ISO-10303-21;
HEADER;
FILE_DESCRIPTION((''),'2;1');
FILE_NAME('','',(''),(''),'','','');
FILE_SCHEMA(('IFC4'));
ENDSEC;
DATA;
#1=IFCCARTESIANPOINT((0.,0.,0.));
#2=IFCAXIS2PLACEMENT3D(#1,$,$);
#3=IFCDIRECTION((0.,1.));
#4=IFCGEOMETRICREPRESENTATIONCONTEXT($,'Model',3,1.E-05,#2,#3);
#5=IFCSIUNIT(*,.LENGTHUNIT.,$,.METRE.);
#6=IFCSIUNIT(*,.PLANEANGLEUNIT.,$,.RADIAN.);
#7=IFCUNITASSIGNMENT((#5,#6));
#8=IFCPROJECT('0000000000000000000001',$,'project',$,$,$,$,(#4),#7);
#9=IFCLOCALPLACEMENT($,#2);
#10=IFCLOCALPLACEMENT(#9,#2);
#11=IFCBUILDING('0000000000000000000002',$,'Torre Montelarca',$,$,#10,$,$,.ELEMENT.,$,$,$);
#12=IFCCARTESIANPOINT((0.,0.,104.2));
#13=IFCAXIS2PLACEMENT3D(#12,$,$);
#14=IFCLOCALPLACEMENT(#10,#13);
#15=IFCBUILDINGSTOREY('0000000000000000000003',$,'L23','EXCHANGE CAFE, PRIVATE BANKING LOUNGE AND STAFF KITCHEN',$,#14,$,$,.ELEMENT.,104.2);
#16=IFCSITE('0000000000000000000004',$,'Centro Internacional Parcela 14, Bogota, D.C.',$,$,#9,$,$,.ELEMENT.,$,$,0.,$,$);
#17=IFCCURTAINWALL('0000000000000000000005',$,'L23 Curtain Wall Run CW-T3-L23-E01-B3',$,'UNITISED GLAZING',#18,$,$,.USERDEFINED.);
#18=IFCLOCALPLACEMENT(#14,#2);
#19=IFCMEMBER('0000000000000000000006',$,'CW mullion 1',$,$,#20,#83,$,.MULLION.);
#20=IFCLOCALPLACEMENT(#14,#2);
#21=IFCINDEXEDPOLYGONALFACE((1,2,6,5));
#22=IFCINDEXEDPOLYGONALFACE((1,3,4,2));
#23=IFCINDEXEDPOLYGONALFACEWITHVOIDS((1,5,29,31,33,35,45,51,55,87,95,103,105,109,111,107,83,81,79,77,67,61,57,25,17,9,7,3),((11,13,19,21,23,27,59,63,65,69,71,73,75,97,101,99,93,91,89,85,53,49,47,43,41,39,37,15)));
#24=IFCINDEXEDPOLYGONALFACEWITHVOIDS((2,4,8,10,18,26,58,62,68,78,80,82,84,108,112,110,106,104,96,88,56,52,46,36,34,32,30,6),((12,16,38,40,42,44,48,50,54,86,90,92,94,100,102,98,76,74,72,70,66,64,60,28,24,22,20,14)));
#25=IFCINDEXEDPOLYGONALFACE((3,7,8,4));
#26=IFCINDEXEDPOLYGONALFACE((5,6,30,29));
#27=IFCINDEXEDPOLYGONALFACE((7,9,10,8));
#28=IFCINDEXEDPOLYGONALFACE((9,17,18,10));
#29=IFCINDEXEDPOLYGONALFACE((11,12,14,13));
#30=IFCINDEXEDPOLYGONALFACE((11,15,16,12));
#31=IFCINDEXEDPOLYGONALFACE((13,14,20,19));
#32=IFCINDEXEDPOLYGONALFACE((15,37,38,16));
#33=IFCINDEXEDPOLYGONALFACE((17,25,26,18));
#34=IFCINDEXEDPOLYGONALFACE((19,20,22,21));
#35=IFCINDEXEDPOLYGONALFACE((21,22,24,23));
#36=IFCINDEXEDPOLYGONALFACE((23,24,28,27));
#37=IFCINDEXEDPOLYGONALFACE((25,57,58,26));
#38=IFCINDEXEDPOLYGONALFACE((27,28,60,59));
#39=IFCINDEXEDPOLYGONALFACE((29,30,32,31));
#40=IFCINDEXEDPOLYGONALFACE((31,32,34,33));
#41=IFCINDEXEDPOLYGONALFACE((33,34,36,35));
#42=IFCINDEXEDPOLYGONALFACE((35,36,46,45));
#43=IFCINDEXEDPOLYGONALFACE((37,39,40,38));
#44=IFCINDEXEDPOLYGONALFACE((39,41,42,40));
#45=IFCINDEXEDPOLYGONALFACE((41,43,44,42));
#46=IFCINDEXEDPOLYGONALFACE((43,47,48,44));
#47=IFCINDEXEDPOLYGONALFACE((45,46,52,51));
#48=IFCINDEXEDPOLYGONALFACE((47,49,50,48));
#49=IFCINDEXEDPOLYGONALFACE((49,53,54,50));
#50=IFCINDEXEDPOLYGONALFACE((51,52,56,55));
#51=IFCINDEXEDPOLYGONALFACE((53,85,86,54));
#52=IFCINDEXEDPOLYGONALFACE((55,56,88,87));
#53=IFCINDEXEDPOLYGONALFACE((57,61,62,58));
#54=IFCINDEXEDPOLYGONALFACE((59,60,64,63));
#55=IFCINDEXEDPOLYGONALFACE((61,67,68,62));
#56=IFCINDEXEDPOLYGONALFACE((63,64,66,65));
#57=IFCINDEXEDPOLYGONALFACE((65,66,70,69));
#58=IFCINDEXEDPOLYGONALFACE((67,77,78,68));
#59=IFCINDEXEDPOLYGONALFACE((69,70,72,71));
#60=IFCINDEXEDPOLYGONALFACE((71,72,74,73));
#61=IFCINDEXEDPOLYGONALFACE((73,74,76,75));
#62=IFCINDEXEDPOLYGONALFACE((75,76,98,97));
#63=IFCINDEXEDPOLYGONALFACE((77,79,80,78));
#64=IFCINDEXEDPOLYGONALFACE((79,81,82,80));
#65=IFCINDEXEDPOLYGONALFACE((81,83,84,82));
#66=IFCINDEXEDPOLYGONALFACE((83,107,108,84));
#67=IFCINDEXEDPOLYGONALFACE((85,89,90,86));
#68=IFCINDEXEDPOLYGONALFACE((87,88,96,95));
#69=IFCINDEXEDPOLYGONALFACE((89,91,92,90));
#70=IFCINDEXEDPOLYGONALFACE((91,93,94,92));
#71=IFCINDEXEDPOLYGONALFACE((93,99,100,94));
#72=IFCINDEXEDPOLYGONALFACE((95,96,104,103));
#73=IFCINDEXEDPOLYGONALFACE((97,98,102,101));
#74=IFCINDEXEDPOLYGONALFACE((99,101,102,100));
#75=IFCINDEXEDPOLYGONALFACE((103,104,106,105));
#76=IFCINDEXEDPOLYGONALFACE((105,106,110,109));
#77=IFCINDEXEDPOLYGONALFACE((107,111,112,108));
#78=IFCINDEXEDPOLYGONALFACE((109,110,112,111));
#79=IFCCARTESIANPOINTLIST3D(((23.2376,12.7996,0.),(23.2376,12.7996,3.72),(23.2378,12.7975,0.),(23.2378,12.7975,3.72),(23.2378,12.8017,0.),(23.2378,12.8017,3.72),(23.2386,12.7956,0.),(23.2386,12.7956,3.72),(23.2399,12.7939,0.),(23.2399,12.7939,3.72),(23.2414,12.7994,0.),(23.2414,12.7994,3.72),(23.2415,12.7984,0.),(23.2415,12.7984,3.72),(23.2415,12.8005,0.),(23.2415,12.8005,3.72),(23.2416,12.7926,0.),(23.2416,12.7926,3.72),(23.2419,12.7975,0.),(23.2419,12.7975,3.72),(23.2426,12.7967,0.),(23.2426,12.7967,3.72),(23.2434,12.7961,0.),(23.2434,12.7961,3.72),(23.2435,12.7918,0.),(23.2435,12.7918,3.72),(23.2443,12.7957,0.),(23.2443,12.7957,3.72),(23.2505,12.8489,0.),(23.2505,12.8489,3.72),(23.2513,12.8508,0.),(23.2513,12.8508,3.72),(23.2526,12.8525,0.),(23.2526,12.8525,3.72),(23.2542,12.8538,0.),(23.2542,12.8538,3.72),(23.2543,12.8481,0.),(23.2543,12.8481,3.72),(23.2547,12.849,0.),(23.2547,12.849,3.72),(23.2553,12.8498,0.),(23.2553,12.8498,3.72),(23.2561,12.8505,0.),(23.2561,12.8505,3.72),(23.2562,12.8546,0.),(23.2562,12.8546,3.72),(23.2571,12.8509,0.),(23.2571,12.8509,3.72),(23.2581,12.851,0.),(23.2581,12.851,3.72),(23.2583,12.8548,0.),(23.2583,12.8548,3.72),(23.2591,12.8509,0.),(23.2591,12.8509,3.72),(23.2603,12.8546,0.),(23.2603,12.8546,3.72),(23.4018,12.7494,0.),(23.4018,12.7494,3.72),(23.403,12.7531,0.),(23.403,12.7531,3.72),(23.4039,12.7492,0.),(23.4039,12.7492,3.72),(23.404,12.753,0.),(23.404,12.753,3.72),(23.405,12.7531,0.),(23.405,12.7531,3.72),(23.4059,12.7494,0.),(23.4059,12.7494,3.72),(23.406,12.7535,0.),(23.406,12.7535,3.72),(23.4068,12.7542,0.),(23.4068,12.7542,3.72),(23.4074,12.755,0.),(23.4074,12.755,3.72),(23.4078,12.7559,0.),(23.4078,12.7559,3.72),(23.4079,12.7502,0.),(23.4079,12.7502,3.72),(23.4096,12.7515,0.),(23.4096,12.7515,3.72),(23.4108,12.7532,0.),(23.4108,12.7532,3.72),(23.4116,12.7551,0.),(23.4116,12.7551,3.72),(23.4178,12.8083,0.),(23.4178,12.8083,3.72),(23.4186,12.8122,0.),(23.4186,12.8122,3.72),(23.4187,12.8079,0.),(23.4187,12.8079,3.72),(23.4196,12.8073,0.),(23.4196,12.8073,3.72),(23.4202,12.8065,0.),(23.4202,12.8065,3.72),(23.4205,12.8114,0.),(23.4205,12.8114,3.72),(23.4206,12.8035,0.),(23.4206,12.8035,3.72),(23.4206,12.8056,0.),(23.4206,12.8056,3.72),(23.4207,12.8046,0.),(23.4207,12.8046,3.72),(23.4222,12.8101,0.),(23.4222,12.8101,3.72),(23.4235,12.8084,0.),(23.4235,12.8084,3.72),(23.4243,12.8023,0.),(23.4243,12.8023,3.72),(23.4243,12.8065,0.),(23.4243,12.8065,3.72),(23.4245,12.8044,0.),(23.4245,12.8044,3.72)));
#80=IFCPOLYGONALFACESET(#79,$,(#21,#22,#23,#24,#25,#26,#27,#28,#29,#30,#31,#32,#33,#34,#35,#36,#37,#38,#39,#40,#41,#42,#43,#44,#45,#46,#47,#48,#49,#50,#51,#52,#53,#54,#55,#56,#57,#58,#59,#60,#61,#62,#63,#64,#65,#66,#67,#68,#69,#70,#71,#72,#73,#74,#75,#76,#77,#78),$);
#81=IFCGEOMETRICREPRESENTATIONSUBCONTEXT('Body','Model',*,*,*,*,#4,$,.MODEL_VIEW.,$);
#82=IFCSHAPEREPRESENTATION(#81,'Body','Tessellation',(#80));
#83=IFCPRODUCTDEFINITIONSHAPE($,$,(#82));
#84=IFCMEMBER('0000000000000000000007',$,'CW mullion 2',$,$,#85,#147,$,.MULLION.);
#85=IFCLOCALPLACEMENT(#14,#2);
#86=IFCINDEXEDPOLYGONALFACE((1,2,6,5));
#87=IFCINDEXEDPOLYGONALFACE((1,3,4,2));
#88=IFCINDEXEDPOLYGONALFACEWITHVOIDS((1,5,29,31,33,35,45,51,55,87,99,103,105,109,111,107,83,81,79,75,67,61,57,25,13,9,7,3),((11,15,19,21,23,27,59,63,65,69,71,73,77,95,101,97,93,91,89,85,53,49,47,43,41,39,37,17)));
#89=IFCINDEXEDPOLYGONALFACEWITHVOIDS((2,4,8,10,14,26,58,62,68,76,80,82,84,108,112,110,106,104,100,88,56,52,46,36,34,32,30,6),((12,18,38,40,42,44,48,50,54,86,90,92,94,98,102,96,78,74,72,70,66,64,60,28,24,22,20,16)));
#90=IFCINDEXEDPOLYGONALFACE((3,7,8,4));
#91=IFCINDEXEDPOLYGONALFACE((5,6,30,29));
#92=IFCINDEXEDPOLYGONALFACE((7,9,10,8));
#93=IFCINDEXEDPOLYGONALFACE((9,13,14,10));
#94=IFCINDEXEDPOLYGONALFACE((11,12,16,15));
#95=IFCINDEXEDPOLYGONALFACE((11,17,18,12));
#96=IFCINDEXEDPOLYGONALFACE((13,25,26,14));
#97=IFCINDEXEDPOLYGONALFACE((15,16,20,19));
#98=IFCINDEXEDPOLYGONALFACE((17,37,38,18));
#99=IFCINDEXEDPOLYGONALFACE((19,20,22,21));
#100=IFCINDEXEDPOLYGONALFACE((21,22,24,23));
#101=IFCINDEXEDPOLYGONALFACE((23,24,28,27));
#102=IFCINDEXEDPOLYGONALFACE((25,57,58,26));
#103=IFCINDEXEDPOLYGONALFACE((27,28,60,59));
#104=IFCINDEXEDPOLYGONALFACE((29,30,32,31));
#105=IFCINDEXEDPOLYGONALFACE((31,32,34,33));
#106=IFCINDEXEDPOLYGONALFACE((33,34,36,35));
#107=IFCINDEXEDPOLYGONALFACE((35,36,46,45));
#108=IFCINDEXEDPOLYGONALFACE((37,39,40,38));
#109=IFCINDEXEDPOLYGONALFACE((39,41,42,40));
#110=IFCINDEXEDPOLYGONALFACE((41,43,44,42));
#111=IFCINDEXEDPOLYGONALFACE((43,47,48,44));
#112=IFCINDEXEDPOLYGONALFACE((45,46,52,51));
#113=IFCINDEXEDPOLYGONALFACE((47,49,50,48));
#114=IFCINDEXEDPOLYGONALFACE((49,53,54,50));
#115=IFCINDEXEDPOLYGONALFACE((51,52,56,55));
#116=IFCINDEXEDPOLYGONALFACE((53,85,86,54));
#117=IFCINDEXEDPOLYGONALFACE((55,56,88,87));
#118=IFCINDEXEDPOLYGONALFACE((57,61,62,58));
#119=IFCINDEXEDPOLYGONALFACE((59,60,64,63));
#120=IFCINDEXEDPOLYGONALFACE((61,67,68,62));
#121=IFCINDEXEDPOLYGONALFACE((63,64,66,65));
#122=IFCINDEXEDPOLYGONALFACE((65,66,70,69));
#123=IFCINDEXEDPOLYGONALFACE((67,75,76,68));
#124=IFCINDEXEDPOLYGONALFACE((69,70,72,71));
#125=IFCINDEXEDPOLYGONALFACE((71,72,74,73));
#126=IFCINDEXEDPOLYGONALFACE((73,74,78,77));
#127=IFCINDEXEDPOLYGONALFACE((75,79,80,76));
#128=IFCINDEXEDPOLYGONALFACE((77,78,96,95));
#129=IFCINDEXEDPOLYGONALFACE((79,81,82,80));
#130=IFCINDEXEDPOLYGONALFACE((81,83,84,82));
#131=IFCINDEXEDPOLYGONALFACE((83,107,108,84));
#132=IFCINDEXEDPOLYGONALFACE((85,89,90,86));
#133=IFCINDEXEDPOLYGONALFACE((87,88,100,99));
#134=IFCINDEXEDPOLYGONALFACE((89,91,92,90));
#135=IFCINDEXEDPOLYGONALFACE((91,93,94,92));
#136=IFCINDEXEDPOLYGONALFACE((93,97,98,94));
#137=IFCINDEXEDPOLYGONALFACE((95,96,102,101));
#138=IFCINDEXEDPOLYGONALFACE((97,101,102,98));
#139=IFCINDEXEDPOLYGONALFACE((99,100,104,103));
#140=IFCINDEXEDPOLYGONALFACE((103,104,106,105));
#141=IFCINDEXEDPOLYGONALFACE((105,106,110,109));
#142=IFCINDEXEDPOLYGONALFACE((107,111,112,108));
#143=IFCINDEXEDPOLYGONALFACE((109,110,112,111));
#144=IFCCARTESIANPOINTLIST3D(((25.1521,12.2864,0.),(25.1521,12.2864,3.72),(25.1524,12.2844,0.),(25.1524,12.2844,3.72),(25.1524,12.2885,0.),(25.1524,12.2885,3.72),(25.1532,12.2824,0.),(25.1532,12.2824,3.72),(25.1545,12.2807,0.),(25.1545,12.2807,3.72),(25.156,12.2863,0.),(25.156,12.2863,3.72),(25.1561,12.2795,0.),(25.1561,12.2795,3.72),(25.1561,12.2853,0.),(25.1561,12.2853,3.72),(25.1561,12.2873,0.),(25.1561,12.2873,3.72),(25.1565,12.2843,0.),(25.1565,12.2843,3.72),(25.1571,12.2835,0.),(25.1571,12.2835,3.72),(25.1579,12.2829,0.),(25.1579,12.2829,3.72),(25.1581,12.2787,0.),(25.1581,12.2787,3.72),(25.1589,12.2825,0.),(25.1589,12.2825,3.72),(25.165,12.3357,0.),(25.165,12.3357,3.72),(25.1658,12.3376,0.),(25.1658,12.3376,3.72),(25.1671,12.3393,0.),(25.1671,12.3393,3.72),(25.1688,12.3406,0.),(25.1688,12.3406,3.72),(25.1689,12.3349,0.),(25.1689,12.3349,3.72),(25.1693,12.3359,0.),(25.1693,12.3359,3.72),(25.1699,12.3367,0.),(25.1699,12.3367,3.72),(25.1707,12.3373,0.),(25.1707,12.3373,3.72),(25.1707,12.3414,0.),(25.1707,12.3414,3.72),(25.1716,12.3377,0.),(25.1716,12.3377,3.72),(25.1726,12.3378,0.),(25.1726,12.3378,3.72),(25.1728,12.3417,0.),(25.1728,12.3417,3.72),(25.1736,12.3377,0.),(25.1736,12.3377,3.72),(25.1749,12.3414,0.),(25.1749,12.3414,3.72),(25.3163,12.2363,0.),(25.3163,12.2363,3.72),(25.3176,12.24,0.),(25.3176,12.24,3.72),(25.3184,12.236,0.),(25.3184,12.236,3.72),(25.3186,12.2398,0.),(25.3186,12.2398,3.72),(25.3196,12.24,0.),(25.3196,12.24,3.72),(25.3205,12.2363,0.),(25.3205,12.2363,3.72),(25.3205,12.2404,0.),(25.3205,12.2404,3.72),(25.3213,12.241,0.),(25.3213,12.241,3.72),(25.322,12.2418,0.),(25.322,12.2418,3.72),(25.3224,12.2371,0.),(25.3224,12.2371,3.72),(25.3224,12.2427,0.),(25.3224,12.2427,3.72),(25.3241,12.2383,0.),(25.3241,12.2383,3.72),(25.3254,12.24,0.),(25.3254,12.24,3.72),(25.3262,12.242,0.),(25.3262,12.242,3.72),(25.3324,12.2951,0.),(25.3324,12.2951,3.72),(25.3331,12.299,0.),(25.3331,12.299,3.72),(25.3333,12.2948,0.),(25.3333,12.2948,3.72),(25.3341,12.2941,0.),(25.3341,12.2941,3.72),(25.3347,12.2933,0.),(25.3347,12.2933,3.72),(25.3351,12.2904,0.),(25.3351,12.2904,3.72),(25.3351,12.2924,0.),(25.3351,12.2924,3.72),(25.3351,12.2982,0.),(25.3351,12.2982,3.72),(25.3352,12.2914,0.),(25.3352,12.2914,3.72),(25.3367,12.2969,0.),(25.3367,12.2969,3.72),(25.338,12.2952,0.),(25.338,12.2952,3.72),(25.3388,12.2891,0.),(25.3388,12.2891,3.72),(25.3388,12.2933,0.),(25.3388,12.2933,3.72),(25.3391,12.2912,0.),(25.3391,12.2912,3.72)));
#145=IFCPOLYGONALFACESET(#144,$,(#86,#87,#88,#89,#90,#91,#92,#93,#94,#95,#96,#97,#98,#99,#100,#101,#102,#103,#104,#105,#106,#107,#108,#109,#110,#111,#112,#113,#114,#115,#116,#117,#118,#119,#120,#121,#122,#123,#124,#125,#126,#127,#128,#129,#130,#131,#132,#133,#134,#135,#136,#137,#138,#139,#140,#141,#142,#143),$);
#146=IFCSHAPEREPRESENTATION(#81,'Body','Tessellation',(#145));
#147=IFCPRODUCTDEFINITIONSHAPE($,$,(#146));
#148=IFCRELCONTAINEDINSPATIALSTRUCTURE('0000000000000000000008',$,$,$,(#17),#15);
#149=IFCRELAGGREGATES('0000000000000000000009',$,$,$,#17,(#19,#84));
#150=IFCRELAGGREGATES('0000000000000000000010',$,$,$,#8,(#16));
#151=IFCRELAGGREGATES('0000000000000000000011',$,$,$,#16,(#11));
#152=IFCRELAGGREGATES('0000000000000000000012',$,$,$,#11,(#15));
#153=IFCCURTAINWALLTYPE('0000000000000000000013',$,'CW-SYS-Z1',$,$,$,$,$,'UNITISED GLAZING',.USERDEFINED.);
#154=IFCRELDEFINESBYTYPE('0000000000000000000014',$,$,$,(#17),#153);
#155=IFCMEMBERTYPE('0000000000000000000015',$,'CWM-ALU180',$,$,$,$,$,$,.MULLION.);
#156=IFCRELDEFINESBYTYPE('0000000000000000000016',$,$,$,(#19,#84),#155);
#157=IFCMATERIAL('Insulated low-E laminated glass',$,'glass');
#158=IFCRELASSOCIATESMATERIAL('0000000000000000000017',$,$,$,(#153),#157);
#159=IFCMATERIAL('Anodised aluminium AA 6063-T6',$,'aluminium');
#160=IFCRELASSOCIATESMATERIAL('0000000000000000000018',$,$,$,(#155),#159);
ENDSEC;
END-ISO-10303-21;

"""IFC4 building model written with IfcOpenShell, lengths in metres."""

from ifc_helpers import new_model, si_unit, direction, frame, origin, origin_2d, place, context, subcontext, project, spatial, hollow_rectangle, extrude, source, transform, mapped, material, material_profile, profile_set, type_object, element, aggregate, save


model = new_model("IFC4")

# Units and contexts
model_context = context("Model", 3, precision=1e-05, world=origin(), true_north=direction((0.0, 1.0)))
body_context = subcontext(model_context, "Body", "Model", "MODEL_VIEW")
ifc_project = project(units=[si_unit("LENGTHUNIT", "METRE"), si_unit("PLANEANGLEUNIT", "RADIAN")], contexts=[model_context])

# Site, building, storey
site_placement = place(None, origin())
site = spatial("IfcSite", under=ifc_project, at=site_placement, Name="Centro Internacional Parcela 14, Bogota, D.C.", CompositionType="ELEMENT", RefElevation=0.0)
building_placement = place(site_placement, origin())
building = spatial("IfcBuilding", under=site, at=building_placement, Name="Torre Montelarca", CompositionType="ELEMENT")
storey_placement = place(building_placement, frame((0.0, 0.0, 104.2)))
storey = spatial("IfcBuildingStorey", under=building, at=storey_placement, Name="L23", Description="EXCHANGE CAFE, PRIVATE BANKING LOUNGE AND STAFF KITCHEN", CompositionType="ELEMENT", Elevation=104.2)

# Curtain wall
ifc_material_1 = material(Name="Insulated low-E laminated glass", Category="glass")
curtain_wall_type = type_object("IfcCurtainWallType", Name="CW-SYS-Z1", ElementType="UNITISED GLAZING", PredefinedType="USERDEFINED", material=ifc_material_1)
curtain_wall_1_placement = place(storey_placement, origin())
curtain_wall_1 = element("IfcCurtainWall", 1, at=curtain_wall_1_placement, inside=storey, type_object=curtain_wall_type, Name="L23 Curtain Wall Run CW-T3-L23-E01-B3", ObjectType="UNITISED GLAZING", PredefinedType="USERDEFINED")
ifc_material_2 = material(Name="Anodised aluminium AA 6063-T6", Category="aluminium")

# Members
ifc_material_profile_1 = material_profile(ifc_material_2, hollow_rectangle(XDim=0.0649, YDim=0.1799, WallThickness=0.0039, InnerFilletRadius=0.0039, OuterFilletRadius=0.0081, at=origin_2d()), Name="ALU65X180X4", Category="aluminium")
ifc_profile_set_1 = profile_set([ifc_material_profile_1], Name="Anodised aluminium AA 6063-T6")
member_type_1 = type_object("IfcMemberType", Name="CWM-ALU180", PredefinedType="MULLION", material=ifc_profile_set_1)
shared_shape_1 = source(origin(), body_context, "Body", "SweptSolid", [
    extrude(hollow_rectangle(XDim=0.0649, YDim=0.1799, WallThickness=0.0039, InnerFilletRadius=0.0039, OuterFilletRadius=0.0081, at=origin_2d()), origin(), (0.0, 0.0, 1.0), 3.72),
])
member_1_placement = place(storey_placement, frame((23.3311, 12.802, 0.0), z_axis=(0.0, 0.0, 1.0), x_axis=(0.258818, 0.965926, 0.0)))
member_1 = element("IfcMember", 2, at=member_1_placement, type_object=member_type_1, Name="CW mullion 1", PredefinedType="MULLION", context=body_context, shape_type="MappedRepresentation", body=[
    mapped(shared_shape_1, transform((0.0, 0.0, 0.0), scale=1.0)),
])
member_2_placement = place(storey_placement, frame((25.2456, 12.2888, 0.0), z_axis=(0.0, 0.0, 1.0), x_axis=(0.258818, 0.965926, 0.0)))
member_2 = element("IfcMember", 3, at=member_2_placement, type_object=member_type_1, Name="CW mullion 2", PredefinedType="MULLION", context=body_context, shape_type="MappedRepresentation", body=[
    mapped(shared_shape_1, transform((0.0, 0.0, 0.0), scale=1.0)),
])

aggregate(curtain_wall_1, [member_1, member_2])

save(model, "model.ifc")
